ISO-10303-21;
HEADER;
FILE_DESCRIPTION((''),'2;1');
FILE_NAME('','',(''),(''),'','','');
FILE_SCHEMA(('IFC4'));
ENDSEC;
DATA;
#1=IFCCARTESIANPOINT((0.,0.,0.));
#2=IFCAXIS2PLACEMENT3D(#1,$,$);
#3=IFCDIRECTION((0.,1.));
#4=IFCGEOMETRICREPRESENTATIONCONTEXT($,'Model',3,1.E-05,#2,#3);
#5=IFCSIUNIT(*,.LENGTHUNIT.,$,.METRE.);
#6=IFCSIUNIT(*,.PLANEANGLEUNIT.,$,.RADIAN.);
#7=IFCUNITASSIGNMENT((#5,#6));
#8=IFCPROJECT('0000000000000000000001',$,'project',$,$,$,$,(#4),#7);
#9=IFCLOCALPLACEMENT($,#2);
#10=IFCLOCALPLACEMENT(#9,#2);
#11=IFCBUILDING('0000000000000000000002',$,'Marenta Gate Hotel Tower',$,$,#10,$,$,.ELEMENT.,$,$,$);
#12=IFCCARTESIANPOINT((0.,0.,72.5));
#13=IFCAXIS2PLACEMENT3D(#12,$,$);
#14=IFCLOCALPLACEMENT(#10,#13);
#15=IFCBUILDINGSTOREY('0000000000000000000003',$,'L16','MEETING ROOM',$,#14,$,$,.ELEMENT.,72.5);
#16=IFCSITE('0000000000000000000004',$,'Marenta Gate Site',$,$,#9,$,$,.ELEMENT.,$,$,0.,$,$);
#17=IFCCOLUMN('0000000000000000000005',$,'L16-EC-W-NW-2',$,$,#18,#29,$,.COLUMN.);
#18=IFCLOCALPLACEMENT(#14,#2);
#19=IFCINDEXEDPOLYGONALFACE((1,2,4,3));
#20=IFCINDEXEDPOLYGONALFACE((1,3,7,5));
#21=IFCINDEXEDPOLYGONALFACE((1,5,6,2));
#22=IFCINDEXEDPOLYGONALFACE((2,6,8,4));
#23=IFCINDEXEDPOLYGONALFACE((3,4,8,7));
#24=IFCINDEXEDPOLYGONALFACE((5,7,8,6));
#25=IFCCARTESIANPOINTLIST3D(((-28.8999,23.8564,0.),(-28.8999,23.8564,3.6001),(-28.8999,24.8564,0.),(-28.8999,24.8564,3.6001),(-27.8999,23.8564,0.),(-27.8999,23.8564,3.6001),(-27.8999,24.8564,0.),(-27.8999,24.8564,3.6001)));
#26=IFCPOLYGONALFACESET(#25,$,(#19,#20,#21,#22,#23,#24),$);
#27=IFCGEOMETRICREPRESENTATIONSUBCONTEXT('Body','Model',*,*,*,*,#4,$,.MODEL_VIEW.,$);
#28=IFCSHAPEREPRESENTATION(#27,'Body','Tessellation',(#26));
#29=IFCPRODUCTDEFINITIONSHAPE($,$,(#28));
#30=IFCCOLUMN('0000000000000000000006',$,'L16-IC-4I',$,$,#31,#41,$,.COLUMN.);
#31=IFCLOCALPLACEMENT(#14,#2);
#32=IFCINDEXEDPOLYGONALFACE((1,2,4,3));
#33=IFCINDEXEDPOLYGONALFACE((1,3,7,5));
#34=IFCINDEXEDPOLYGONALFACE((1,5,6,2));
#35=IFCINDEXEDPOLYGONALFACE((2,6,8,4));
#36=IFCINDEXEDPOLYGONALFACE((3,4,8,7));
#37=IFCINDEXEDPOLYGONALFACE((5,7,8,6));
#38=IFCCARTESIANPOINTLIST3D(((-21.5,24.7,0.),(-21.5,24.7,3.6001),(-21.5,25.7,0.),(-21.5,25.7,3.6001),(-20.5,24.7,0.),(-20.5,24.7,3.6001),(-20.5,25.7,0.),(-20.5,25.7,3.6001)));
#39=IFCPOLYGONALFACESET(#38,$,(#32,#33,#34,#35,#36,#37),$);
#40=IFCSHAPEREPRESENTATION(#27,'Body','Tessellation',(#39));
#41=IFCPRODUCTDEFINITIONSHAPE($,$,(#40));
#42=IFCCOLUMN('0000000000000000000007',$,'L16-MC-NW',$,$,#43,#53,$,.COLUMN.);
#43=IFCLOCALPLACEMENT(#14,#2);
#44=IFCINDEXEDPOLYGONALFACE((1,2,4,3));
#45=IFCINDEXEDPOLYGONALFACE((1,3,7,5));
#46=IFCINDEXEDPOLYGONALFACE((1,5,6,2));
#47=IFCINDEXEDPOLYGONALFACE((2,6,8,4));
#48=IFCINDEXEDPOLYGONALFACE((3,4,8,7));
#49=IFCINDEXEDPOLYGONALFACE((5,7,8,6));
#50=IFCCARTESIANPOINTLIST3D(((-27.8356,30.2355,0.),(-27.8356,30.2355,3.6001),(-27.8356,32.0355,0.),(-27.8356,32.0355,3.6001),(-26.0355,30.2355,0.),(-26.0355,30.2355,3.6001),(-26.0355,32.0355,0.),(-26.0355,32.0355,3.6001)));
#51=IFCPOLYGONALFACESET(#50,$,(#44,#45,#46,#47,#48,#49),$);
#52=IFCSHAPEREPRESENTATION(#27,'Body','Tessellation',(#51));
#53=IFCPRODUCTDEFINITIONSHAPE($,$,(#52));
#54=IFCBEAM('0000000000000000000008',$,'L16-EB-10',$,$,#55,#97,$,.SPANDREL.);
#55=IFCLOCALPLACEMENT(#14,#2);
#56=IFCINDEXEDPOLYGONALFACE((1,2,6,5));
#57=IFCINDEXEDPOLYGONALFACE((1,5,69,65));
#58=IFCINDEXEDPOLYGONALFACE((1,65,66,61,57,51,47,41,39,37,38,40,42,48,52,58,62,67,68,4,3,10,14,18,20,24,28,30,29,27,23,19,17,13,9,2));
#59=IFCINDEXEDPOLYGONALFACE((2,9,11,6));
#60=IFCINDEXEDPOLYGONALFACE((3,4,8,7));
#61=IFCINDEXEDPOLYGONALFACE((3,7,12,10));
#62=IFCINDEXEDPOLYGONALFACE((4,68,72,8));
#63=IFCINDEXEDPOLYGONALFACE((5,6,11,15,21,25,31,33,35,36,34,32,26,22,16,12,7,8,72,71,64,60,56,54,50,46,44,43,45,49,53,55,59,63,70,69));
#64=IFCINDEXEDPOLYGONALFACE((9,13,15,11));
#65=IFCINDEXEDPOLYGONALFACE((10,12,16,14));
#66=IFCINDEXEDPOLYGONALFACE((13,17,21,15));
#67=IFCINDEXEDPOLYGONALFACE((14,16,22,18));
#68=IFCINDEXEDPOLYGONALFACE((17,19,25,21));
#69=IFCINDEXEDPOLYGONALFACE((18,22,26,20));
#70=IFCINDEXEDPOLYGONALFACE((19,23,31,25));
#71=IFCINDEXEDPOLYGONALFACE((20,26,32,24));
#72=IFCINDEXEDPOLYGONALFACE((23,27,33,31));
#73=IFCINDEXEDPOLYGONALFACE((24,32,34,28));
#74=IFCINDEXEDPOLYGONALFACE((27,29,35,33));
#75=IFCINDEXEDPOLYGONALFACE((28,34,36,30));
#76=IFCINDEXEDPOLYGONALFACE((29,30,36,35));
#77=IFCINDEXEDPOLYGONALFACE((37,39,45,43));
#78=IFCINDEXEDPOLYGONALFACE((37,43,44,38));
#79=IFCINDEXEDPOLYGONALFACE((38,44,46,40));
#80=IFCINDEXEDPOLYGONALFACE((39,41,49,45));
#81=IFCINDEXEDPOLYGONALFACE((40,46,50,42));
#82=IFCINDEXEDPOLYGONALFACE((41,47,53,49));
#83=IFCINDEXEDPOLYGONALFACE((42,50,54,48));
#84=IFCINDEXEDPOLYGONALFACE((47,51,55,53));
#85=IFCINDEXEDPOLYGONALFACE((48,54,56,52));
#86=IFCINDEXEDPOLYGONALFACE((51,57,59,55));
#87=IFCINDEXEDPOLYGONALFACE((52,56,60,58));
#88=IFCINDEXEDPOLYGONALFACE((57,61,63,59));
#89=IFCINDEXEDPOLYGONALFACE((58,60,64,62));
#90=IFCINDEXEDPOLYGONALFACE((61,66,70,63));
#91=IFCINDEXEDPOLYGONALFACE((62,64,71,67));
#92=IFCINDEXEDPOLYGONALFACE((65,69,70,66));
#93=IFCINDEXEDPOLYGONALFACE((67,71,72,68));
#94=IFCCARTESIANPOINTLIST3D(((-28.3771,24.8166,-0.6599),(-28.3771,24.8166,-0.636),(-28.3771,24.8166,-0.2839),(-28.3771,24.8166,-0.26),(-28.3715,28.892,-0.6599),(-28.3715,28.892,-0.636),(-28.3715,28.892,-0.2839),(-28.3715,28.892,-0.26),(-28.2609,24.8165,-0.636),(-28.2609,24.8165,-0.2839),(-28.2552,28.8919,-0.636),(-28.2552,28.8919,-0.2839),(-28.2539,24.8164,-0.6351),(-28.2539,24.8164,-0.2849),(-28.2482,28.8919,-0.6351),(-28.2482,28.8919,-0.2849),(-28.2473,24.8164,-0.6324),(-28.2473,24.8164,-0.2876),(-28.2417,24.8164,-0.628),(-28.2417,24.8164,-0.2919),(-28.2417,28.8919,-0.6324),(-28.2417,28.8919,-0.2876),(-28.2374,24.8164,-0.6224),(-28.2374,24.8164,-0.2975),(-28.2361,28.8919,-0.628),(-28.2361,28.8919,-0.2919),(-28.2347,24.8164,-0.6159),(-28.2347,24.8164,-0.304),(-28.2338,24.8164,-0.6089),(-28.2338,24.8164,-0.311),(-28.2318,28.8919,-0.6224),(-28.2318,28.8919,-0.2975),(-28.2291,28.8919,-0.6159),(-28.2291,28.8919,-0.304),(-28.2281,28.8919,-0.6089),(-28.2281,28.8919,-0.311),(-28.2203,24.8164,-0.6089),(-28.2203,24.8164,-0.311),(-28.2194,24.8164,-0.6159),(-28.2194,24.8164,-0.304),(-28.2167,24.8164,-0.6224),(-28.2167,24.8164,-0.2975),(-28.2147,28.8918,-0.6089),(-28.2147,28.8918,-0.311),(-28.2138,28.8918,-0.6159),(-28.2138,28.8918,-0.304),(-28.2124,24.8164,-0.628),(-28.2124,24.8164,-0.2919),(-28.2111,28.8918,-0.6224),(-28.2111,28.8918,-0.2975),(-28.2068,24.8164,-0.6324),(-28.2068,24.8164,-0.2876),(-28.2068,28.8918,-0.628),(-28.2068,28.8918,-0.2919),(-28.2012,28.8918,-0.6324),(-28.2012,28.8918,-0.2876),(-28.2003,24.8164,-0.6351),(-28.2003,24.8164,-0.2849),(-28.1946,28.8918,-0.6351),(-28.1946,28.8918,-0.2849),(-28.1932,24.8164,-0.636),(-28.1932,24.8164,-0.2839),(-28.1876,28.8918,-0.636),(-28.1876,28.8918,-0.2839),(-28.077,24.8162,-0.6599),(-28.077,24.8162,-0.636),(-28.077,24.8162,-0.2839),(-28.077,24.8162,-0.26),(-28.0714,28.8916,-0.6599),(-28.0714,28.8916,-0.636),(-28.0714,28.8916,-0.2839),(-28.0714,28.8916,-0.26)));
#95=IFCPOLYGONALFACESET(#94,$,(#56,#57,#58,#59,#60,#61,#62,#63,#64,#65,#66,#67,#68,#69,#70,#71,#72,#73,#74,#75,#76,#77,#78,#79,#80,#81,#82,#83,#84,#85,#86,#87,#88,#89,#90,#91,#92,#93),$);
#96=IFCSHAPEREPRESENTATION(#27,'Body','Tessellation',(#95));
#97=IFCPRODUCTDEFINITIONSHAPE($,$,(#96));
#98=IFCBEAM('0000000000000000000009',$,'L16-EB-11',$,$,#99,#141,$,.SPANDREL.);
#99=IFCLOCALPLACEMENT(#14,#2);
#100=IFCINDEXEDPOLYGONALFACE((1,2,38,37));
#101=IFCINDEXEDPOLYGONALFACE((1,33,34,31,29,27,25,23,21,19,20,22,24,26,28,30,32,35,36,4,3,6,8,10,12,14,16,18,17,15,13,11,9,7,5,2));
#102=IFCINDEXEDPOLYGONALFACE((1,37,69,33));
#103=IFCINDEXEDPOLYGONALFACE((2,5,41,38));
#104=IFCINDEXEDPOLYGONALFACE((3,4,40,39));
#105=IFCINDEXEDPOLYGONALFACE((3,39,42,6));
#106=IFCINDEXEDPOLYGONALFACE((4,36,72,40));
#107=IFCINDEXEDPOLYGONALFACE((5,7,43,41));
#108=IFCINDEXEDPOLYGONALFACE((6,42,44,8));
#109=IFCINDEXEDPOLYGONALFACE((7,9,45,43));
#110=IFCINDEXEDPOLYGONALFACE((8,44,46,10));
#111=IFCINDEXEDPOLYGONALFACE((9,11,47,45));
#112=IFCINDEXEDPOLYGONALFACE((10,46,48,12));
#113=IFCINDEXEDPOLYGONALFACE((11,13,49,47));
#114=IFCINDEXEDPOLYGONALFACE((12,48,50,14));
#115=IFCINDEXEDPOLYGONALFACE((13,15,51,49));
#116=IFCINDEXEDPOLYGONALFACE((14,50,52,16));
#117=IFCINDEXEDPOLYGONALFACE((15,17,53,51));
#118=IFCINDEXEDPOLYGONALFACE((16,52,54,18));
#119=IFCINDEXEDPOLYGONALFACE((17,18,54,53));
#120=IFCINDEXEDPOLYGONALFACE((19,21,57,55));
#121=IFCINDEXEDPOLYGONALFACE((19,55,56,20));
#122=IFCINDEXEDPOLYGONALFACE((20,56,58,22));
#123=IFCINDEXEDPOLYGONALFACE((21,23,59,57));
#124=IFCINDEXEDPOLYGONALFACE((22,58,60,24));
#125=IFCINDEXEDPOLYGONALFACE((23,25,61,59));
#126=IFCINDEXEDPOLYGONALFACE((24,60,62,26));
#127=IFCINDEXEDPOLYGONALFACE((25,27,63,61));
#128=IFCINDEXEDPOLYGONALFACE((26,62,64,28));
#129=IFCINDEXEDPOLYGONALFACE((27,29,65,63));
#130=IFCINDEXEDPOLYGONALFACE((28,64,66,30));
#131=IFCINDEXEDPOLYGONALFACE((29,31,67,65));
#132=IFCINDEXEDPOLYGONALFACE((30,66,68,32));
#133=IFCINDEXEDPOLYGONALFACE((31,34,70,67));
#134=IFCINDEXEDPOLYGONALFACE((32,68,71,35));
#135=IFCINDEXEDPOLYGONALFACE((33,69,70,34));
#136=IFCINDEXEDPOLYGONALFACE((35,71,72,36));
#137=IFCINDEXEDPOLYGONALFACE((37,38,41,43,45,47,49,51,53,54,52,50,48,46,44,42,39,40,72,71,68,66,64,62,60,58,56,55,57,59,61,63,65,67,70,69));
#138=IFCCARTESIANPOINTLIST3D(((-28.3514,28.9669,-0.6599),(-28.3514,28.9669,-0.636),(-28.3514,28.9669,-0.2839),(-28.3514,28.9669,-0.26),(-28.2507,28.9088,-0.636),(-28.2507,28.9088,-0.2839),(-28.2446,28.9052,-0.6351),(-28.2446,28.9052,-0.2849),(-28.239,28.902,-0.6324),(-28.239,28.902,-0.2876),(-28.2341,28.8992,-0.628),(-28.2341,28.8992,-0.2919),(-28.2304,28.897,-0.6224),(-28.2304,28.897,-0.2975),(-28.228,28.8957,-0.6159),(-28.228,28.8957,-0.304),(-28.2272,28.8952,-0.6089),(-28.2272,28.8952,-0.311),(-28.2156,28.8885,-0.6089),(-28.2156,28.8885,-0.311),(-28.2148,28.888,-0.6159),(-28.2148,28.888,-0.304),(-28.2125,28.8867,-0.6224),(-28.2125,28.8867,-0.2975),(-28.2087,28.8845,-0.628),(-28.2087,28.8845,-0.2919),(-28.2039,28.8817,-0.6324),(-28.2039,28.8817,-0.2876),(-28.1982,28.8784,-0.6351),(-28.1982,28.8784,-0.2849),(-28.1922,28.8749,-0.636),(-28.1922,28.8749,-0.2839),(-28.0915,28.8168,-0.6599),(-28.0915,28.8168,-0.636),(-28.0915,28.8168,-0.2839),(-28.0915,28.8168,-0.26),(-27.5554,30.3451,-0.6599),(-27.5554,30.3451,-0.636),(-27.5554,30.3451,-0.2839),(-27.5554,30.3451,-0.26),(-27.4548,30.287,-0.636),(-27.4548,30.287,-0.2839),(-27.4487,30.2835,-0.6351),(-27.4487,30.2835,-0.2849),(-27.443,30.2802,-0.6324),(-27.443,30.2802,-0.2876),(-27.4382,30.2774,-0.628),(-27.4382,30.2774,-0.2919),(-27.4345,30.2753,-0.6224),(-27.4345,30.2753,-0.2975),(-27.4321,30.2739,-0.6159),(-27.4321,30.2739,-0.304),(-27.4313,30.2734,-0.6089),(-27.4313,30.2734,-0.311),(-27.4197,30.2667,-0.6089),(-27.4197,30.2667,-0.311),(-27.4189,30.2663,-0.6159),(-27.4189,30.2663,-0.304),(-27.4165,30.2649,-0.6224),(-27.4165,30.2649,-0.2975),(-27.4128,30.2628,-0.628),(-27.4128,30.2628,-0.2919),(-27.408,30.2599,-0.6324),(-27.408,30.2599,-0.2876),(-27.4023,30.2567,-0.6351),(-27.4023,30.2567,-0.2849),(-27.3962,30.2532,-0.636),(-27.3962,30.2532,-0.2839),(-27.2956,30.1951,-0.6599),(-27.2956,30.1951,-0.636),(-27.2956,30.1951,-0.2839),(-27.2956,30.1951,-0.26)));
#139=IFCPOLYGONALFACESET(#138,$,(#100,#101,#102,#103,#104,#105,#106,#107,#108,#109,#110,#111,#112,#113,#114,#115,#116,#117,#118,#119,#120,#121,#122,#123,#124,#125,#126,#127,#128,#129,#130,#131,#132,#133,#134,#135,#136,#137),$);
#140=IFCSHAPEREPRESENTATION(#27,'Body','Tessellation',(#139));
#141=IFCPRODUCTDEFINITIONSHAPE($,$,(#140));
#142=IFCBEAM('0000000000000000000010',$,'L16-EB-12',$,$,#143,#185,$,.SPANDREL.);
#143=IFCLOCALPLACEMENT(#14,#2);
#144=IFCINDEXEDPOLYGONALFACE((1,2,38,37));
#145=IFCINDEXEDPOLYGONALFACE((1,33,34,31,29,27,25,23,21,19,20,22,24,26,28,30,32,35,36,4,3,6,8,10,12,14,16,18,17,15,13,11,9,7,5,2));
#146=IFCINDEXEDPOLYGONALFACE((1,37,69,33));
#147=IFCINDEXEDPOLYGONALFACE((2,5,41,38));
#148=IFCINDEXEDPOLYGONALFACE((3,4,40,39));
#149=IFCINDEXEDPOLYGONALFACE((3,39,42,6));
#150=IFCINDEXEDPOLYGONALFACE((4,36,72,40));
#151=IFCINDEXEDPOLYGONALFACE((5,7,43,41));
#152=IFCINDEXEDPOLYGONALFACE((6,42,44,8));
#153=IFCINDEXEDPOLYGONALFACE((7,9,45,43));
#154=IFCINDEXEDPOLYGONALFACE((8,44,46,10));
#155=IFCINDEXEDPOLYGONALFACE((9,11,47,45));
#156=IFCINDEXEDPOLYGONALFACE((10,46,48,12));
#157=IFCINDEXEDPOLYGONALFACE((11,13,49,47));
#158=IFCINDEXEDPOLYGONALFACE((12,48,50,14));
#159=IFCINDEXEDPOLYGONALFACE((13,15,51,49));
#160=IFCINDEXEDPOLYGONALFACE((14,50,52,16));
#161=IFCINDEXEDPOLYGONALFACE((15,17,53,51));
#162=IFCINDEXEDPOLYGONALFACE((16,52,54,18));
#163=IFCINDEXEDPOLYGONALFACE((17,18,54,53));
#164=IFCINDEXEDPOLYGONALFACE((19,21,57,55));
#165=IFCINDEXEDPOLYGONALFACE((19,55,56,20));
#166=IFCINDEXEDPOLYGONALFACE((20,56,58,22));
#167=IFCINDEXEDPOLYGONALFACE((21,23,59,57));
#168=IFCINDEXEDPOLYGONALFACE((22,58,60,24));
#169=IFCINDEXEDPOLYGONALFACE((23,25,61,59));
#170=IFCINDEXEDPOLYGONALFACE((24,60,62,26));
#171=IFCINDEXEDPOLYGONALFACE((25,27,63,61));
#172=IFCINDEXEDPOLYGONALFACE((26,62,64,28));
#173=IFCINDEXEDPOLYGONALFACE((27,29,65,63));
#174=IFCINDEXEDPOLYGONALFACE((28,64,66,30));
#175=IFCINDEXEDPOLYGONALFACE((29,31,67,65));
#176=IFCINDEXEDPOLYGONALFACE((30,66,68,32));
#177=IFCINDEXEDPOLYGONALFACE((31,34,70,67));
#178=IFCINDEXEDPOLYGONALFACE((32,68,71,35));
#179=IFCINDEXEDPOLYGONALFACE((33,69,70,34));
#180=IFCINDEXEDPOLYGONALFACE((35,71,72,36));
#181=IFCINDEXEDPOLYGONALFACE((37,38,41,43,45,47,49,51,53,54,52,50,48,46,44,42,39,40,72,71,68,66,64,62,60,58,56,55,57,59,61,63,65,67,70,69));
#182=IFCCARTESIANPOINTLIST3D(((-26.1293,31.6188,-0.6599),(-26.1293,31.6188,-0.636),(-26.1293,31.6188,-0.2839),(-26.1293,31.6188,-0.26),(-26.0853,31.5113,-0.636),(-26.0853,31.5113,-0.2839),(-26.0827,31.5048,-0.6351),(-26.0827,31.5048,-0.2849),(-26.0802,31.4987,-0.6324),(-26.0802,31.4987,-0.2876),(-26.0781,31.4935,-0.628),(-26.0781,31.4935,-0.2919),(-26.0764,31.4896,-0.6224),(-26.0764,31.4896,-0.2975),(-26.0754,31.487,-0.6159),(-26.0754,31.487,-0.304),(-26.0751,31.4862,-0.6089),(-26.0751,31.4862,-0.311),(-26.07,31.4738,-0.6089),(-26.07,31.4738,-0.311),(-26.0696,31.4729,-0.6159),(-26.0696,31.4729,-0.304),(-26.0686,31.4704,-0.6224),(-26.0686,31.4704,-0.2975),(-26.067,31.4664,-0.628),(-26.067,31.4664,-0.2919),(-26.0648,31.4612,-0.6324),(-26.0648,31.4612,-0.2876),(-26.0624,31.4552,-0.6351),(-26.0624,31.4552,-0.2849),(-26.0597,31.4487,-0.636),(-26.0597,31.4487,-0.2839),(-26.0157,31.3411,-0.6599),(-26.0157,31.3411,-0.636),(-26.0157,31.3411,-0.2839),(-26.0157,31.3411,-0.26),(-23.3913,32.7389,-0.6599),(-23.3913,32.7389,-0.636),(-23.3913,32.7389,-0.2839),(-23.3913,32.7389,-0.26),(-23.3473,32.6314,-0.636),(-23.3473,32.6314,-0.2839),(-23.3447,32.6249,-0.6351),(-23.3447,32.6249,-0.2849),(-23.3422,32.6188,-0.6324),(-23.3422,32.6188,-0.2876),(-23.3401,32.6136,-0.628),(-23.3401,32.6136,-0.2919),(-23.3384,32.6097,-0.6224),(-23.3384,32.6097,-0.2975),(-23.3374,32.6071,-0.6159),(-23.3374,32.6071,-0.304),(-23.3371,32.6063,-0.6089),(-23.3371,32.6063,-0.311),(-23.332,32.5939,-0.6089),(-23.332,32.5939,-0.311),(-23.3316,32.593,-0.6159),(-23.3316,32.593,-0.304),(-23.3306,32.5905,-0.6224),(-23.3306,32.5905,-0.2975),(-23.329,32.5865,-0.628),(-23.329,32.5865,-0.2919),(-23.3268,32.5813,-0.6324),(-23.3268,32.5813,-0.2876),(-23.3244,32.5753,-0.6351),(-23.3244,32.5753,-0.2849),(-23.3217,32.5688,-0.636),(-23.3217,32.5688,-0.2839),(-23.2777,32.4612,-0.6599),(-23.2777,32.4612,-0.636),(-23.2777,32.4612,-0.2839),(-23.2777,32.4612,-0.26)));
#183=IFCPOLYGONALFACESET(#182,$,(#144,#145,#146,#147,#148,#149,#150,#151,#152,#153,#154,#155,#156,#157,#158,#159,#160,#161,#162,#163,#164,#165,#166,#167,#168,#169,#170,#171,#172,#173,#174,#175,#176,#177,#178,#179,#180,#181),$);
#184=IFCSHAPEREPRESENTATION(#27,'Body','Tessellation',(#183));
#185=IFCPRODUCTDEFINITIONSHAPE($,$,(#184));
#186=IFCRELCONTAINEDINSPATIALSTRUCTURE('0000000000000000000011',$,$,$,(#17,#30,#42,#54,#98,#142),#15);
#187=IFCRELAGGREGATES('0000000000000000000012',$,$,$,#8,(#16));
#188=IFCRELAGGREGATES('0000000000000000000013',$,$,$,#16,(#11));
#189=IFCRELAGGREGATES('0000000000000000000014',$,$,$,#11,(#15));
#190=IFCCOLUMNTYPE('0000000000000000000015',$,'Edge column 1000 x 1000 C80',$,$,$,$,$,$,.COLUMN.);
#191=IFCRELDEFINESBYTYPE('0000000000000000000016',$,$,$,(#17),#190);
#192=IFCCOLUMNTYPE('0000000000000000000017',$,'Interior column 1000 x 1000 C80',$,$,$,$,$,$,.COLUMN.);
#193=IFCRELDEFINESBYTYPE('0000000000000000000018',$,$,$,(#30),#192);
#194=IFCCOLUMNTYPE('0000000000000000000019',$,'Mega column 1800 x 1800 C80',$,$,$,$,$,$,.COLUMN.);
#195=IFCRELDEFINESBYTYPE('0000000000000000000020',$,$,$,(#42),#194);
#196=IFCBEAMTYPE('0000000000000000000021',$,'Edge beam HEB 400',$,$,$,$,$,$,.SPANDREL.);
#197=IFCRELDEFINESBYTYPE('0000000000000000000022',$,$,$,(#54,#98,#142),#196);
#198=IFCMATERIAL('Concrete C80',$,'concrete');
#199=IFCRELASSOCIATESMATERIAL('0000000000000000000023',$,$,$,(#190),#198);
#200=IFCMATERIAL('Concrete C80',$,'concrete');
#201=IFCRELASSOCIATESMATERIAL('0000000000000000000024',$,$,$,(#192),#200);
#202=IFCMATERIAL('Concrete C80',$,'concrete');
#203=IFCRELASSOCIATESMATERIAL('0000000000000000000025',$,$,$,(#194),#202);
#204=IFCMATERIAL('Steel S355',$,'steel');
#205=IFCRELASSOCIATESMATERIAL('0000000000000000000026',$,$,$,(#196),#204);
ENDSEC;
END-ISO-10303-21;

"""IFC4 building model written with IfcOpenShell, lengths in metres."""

from ifc_helpers import new_model, si_unit, direction, frame, origin, origin_2d, place, context, subcontext, project, spatial, rectangle, i_section, extrude, material, material_profile, profile_set, type_object, element, save


model = new_model("IFC4")

# Units and contexts
model_context = context("Model", 3, precision=1e-05, world=origin(), true_north=direction((0.0, 1.0)))
body_context = subcontext(model_context, "Body", "Model", "MODEL_VIEW")
ifc_project = project(units=[si_unit("LENGTHUNIT", "METRE"), si_unit("PLANEANGLEUNIT", "RADIAN")], contexts=[model_context])

# Site, building, storey
site_placement = place(None, origin())
site = spatial("IfcSite", under=ifc_project, at=site_placement, Name="Marenta Gate Site", CompositionType="ELEMENT", RefElevation=0.0)
building_placement = place(site_placement, origin())
building = spatial("IfcBuilding", under=site, at=building_placement, Name="Marenta Gate Hotel Tower", CompositionType="ELEMENT")
storey_placement = place(building_placement, frame((0.0, 0.0, 72.5)))
storey = spatial("IfcBuildingStorey", under=building, at=storey_placement, Name="L16", Description="MEETING ROOM", CompositionType="ELEMENT", Elevation=72.5)

# Columns
ifc_material_1 = material(Name="Concrete C80", Category="concrete")
ifc_material_profile_1 = material_profile(ifc_material_1, rectangle(XDim=1.0, YDim=1.0, at=origin_2d()), Name="1000 x 1000")
ifc_profile_set_1 = profile_set([ifc_material_profile_1], Name="Concrete C80")
column_type_1 = type_object("IfcColumnType", Name="Edge column 1000 x 1000 C80", PredefinedType="COLUMN", material=ifc_profile_set_1)
column_1_placement = place(storey_placement, frame((-28.3999, 24.3564, 0.0), z_axis=(0.0, 0.0, 1.0), x_axis=(1.0, 0.0, 0.0)))
element("IfcColumn", 1, at=column_1_placement, inside=storey, type_object=column_type_1, Name="L16-EC-W-NW-2", PredefinedType="COLUMN", context=body_context, shape_type="SweptSolid", body=[
    extrude(rectangle(XDim=1.0, YDim=1.0, at=origin_2d()), origin(), (0.0, 0.0, 1.0), 3.6001),
])
ifc_material_2 = material(Name="Concrete C80", Category="concrete")
ifc_material_profile_2 = material_profile(ifc_material_2, rectangle(XDim=1.0, YDim=1.0, at=origin_2d()), Name="1000 x 1000")
ifc_profile_set_2 = profile_set([ifc_material_profile_2], Name="Concrete C80")
column_type_2 = type_object("IfcColumnType", Name="Interior column 1000 x 1000 C80", PredefinedType="COLUMN", material=ifc_profile_set_2)
column_2_placement = place(storey_placement, frame((-21.0, 25.2, 0.0), z_axis=(0.0, 0.0, 1.0), x_axis=(1.0, 0.0, 0.0)))
element("IfcColumn", 2, at=column_2_placement, inside=storey, type_object=column_type_2, Name="L16-IC-4I", PredefinedType="COLUMN", context=body_context, shape_type="SweptSolid", body=[
    extrude(rectangle(XDim=1.0, YDim=1.0, at=origin_2d()), origin(), (0.0, 0.0, 1.0), 3.6001),
])
ifc_material_3 = material(Name="Concrete C80", Category="concrete")
ifc_material_profile_3 = material_profile(ifc_material_3, rectangle(XDim=1.8, YDim=1.8, at=origin_2d()), Name="1800 x 1800")
ifc_profile_set_3 = profile_set([ifc_material_profile_3], Name="Concrete C80")
column_type_3 = type_object("IfcColumnType", Name="Mega column 1800 x 1800 C80", PredefinedType="COLUMN", material=ifc_profile_set_3)
column_3_placement = place(storey_placement, frame((-26.9355, 31.1355, 0.0), z_axis=(0.0, 0.0, 1.0), x_axis=(1.0, 0.0, 0.0)))
element("IfcColumn", 3, at=column_3_placement, inside=storey, type_object=column_type_3, Name="L16-MC-NW", PredefinedType="COLUMN", context=body_context, shape_type="SweptSolid", body=[
    extrude(rectangle(XDim=1.8, YDim=1.8, at=origin_2d()), origin(), (0.0, 0.0, 1.0), 3.6001),
])

# Beams
ifc_material_4 = material(Name="Steel S355", Category="steel")
ifc_material_profile_4 = material_profile(ifc_material_4, i_section(OverallWidth=0.3, OverallDepth=0.3999, WebThickness=0.0134, FlangeThickness=0.0239, FilletRadius=0.0271, at=origin_2d()), Name="HEB 400")
ifc_profile_set_4 = profile_set([ifc_material_profile_4], Name="Steel S355")
beam_type_1 = type_object("IfcBeamType", Name="Edge beam HEB 400", PredefinedType="SPANDREL", material=ifc_profile_set_4)
beam_1_placement = place(storey_placement, frame((-28.2271, 24.8164, -0.46), z_axis=(0.001378, 0.999999, 0.0), x_axis=(-0.999999, 0.001378, 0.0)))
element("IfcBeam", 4, at=beam_1_placement, inside=storey, type_object=beam_type_1, Name="L16-EB-10", PredefinedType="SPANDREL", context=body_context, shape_type="SweptSolid", body=[
    extrude(i_section(OverallWidth=0.3, OverallDepth=0.3999, WebThickness=0.0134, FlangeThickness=0.0239, FilletRadius=0.0271, at=origin_2d()), origin(), (0.0, 0.0, 1.0), 4.0754),
])
beam_2_placement = place(storey_placement, frame((-28.2214, 28.8918, -0.46), z_axis=(0.500099, 0.865968, 0.0), x_axis=(-0.865968, 0.500099, 0.0)))
element("IfcBeam", 5, at=beam_2_placement, inside=storey, type_object=beam_type_1, Name="L16-EB-11", PredefinedType="SPANDREL", context=body_context, shape_type="SweptSolid", body=[
    extrude(i_section(OverallWidth=0.3, OverallDepth=0.3999, WebThickness=0.0134, FlangeThickness=0.0239, FilletRadius=0.0271, at=origin_2d()), origin(), (0.0, 0.0, 1.0), 1.5916),
])
beam_3_placement = place(storey_placement, frame((-26.0725, 31.48, -0.46), z_axis=(0.925546, 0.378636, 0.0), x_axis=(-0.378636, 0.925546, 0.0)))
element("IfcBeam", 6, at=beam_3_placement, inside=storey, type_object=beam_type_1, Name="L16-EB-12", PredefinedType="SPANDREL", context=body_context, shape_type="SweptSolid", body=[
    extrude(i_section(OverallWidth=0.3, OverallDepth=0.3999, WebThickness=0.0134, FlangeThickness=0.0239, FilletRadius=0.0271, at=origin_2d()), origin(), (0.0, 0.0, 1.0), 2.9583),
])

save(model, "model.ifc")
